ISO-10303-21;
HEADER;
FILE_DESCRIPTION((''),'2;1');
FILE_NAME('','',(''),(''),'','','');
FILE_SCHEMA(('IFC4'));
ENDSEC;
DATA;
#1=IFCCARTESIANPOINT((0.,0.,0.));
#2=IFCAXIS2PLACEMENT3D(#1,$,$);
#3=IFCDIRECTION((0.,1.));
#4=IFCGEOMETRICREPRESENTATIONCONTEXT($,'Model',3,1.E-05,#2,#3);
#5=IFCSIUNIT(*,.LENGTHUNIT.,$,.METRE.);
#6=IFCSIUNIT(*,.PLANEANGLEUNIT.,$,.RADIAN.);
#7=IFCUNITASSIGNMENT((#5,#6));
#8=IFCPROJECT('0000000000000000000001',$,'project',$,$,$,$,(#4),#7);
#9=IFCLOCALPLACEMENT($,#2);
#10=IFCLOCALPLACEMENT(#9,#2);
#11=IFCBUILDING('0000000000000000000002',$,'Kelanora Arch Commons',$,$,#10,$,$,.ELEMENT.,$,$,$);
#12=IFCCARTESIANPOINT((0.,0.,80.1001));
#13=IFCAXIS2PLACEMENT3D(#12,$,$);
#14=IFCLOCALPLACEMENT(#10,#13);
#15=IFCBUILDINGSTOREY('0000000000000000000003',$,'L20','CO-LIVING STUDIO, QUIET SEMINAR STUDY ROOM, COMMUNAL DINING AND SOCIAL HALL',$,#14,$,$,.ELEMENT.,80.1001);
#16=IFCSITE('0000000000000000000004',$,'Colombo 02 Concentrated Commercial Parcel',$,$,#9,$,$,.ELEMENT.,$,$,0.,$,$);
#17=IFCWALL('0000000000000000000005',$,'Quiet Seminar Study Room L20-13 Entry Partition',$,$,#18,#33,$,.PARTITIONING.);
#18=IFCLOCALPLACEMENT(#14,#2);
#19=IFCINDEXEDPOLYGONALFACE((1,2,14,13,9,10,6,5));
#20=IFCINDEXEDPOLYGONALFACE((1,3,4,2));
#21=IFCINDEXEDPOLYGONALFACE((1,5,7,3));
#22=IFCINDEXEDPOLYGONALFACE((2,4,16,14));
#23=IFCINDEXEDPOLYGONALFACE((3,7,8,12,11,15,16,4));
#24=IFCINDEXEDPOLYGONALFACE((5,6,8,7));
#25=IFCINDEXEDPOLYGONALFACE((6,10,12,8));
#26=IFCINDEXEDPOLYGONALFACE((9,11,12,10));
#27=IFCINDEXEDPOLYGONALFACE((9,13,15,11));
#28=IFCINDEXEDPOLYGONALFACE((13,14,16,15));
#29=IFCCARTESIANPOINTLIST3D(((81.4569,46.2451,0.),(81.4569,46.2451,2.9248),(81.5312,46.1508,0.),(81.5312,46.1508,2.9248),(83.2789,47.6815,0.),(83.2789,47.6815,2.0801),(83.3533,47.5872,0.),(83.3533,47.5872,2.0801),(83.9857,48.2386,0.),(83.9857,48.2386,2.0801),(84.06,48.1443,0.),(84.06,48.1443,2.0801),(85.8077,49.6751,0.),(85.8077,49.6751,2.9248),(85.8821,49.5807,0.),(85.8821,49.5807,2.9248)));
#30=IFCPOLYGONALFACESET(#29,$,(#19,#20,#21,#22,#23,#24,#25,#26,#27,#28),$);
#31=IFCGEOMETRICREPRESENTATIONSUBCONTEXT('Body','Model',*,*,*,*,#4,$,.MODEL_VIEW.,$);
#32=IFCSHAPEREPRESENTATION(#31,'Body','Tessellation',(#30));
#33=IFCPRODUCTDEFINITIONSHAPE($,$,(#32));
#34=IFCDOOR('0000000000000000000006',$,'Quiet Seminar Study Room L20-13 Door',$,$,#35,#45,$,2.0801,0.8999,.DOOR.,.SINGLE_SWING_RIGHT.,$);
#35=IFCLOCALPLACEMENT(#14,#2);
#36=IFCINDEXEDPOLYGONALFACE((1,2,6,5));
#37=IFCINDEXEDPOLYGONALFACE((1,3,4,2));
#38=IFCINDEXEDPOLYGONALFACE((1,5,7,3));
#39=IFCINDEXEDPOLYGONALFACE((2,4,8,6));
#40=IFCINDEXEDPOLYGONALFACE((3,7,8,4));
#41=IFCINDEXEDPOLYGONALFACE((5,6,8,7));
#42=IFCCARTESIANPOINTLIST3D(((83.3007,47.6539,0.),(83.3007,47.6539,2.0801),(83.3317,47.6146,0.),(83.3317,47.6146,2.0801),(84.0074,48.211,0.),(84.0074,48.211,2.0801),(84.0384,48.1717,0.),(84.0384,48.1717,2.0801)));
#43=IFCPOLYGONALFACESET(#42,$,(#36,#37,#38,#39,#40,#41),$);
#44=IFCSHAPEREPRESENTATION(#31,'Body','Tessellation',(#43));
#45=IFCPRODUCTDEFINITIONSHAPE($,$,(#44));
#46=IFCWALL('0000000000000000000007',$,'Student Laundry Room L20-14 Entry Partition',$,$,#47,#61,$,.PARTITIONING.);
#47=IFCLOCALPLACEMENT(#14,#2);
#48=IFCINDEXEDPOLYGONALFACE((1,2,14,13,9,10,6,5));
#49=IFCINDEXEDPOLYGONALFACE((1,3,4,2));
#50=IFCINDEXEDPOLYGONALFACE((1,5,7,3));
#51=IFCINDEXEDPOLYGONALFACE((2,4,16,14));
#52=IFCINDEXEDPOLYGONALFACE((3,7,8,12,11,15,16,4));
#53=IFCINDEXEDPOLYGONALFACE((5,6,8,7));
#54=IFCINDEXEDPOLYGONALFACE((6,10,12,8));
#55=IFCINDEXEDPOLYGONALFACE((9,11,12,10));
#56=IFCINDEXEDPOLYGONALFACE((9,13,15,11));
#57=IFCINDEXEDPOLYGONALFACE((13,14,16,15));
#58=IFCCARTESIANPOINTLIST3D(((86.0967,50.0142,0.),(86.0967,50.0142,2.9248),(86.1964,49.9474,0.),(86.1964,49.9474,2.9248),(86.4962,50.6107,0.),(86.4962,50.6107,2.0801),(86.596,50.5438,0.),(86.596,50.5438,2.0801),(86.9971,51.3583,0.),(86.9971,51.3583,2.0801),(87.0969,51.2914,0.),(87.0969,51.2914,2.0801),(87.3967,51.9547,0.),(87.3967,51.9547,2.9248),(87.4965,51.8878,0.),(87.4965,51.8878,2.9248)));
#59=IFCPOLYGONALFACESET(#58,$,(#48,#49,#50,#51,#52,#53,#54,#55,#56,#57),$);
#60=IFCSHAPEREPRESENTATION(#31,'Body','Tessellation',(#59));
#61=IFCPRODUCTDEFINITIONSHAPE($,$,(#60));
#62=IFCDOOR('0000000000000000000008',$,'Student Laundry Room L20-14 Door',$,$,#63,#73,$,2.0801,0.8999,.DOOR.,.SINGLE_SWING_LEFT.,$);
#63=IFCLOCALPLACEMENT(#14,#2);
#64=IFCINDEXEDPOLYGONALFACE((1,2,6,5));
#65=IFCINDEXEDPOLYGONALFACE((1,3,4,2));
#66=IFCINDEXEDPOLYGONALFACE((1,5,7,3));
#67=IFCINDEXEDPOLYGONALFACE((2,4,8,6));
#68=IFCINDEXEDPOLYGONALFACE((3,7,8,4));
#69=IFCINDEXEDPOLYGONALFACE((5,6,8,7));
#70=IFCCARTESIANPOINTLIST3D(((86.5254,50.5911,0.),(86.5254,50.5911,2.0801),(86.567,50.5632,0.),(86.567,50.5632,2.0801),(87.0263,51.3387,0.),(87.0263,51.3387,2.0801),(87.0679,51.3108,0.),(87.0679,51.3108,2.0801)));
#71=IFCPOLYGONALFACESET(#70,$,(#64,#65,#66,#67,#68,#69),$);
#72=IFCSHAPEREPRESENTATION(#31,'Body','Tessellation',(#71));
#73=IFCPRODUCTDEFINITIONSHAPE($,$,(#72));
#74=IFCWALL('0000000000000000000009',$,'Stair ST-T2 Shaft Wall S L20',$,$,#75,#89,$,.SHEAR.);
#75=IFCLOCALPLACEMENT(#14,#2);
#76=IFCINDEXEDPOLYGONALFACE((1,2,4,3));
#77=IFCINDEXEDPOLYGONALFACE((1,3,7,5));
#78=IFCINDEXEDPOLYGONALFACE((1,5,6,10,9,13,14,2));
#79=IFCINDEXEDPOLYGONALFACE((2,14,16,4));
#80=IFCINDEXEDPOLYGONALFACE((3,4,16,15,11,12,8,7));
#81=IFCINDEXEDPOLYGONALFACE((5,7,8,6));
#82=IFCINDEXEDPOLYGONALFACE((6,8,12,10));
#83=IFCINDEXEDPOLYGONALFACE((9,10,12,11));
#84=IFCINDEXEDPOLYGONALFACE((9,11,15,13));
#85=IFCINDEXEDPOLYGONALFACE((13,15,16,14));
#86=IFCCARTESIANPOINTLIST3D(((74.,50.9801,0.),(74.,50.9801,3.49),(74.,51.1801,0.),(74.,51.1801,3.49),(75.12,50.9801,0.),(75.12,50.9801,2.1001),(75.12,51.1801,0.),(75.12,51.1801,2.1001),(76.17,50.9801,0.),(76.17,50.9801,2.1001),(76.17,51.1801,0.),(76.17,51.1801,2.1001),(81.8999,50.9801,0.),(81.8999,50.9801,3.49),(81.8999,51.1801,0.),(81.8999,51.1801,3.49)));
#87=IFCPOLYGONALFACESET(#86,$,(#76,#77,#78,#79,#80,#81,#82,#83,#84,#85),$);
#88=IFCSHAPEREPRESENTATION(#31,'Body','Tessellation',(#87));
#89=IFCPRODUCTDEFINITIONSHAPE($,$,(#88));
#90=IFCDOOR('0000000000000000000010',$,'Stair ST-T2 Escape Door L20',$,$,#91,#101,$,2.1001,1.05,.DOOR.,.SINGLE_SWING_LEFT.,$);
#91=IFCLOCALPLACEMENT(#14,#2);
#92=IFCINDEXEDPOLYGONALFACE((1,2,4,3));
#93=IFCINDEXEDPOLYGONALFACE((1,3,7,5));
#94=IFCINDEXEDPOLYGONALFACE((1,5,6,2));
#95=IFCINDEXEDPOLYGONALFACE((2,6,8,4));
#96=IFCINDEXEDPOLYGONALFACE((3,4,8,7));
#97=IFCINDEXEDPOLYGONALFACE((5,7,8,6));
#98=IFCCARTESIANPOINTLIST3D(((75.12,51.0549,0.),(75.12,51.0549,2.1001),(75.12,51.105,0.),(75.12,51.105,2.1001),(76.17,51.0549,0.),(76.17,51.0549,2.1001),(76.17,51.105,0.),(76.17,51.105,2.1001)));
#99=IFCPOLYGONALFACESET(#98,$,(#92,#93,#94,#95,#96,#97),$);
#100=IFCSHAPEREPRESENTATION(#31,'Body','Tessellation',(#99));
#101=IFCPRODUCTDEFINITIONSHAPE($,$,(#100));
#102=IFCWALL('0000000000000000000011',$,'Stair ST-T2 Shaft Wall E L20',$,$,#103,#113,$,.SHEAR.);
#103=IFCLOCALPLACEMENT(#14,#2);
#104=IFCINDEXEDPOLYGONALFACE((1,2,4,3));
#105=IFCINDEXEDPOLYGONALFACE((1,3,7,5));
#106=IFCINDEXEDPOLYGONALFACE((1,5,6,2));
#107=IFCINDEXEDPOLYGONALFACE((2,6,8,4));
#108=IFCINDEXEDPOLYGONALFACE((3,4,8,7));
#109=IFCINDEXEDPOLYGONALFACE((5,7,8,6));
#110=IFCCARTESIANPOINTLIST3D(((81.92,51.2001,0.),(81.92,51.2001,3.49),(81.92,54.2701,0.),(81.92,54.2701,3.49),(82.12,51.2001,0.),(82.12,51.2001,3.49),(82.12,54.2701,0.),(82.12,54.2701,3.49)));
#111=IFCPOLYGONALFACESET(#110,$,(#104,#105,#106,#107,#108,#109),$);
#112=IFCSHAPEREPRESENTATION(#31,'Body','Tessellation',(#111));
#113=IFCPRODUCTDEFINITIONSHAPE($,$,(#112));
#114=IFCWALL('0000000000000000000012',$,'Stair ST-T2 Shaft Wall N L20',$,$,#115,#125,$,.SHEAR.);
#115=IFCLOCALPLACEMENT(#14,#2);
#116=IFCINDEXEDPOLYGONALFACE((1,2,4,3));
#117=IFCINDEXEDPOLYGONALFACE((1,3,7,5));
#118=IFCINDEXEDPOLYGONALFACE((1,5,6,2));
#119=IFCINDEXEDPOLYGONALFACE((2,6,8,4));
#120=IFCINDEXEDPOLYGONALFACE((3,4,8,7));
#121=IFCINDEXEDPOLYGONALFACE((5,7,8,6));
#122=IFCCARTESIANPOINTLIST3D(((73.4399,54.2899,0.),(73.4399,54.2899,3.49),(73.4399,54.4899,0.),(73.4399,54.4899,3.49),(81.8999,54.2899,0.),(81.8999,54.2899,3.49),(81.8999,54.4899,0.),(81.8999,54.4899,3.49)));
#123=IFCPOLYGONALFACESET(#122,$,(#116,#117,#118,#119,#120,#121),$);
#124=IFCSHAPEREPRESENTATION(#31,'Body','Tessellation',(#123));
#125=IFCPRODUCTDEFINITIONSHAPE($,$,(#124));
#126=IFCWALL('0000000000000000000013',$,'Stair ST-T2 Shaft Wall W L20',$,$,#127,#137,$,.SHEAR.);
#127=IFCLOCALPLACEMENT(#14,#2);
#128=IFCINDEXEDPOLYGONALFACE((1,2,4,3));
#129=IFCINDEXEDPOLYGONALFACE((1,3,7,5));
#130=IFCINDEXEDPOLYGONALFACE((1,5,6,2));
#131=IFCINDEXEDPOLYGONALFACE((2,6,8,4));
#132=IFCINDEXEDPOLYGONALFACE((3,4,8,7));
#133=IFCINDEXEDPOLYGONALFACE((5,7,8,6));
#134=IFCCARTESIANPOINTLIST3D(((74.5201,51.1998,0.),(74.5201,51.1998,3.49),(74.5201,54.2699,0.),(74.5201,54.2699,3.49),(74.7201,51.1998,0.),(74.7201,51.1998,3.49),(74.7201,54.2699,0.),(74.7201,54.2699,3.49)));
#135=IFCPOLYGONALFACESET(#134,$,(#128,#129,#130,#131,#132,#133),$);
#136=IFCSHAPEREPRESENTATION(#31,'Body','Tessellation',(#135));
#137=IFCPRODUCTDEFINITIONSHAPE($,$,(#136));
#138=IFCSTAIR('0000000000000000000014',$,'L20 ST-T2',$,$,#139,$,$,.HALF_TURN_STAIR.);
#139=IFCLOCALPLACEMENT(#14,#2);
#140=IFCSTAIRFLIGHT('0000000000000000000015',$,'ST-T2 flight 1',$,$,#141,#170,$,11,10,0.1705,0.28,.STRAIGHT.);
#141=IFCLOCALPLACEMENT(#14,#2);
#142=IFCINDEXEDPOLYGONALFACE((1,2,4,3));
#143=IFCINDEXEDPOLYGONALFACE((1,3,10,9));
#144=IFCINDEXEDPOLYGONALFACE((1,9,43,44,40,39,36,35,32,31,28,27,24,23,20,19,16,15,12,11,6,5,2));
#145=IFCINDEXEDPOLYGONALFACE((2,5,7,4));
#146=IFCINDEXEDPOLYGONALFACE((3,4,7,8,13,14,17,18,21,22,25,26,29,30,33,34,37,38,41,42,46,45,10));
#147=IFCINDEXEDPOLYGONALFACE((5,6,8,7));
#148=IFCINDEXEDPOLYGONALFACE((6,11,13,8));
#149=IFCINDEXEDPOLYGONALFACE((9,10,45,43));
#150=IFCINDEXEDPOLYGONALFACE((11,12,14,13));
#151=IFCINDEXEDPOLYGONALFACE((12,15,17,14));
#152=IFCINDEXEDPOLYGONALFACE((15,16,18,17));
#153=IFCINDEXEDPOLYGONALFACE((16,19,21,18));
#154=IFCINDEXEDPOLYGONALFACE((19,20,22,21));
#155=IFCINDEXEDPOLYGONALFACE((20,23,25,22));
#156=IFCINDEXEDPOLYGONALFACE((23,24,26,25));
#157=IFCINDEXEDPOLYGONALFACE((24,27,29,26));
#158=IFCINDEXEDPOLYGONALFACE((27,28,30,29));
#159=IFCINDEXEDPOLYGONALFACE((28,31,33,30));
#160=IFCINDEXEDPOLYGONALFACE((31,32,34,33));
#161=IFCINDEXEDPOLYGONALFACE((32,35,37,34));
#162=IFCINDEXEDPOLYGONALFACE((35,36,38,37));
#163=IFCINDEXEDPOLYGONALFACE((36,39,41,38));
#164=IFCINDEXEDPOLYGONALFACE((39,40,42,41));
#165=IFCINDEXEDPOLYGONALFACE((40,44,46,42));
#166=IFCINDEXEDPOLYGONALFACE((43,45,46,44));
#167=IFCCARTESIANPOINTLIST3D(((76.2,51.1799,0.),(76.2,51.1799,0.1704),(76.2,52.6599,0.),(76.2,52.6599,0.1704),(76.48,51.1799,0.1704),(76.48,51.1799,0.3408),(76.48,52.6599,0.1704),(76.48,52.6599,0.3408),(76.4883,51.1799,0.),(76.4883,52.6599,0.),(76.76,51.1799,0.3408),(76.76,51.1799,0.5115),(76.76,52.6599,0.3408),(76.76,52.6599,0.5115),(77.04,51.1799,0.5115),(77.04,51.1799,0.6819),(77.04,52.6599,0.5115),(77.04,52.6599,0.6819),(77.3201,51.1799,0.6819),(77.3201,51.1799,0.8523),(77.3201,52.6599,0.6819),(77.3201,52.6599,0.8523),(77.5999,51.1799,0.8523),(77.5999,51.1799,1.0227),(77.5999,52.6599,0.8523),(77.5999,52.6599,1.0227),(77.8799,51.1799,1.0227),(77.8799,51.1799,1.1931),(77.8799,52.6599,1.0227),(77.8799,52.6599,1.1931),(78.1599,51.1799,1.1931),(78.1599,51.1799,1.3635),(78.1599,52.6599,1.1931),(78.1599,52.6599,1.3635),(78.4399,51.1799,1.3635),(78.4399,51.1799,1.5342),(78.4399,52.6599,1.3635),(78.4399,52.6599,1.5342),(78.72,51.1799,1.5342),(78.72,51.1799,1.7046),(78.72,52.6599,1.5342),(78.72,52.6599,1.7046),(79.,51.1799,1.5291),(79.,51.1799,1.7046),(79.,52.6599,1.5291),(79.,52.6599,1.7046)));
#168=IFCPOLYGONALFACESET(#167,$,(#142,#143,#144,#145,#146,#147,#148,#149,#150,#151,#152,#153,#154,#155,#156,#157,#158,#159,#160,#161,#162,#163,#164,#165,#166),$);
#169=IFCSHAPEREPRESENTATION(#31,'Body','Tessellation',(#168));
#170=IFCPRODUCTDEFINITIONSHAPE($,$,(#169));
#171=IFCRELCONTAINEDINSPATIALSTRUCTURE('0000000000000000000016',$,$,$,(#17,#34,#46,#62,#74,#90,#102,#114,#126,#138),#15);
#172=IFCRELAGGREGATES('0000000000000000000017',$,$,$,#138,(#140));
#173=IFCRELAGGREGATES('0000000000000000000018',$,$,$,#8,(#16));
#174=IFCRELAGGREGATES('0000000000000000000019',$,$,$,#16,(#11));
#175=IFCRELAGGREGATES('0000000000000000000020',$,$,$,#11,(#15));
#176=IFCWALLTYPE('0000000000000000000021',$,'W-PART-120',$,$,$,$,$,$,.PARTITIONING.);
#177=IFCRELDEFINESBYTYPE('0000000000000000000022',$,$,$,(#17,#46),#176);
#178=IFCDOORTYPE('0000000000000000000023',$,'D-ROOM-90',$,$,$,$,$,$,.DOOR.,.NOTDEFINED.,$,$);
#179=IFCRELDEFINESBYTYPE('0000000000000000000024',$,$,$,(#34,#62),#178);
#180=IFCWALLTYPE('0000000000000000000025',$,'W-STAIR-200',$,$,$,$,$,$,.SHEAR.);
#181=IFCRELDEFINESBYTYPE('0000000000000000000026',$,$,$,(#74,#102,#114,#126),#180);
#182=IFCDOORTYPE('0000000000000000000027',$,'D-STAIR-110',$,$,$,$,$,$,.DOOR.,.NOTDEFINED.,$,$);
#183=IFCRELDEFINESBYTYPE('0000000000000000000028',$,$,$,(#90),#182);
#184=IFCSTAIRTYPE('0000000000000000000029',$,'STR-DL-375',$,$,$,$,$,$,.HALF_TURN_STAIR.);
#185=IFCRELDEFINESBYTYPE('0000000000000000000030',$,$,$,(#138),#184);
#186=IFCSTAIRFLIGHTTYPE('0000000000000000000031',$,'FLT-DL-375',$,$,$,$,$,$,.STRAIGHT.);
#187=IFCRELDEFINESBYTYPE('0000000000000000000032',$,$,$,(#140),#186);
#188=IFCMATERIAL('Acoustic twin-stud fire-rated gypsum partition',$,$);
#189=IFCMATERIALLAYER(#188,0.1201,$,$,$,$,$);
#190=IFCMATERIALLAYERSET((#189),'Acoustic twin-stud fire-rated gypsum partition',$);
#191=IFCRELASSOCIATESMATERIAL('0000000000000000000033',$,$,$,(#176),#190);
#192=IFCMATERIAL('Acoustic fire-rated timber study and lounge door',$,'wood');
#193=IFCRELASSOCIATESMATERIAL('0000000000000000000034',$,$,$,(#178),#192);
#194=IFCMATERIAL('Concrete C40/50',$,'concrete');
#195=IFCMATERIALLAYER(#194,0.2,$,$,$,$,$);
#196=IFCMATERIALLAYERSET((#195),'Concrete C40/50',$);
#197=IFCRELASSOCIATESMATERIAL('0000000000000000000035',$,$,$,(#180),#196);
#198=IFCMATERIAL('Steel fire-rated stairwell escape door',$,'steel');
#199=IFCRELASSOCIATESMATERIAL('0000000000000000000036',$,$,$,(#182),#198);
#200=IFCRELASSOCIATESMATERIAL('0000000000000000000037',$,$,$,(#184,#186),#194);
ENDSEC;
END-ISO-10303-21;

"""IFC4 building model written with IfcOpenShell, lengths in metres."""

from ifc_helpers import new_model, si_unit, direction, frame, frame_2d, origin, place, context, subcontext, project, spatial, polyline, rectangle, outline, extrude, material, layer, layer_set, type_object, element, fill, aggregate, save


model = new_model("IFC4")

# Units and contexts
model_context = context("Model", 3, precision=1e-05, world=origin(), true_north=direction((0.0, 1.0)))
body_context = subcontext(model_context, "Body", "Model", "MODEL_VIEW")
ifc_project = project(units=[si_unit("LENGTHUNIT", "METRE"), si_unit("PLANEANGLEUNIT", "RADIAN")], contexts=[model_context])

# Site, building, storey
site_placement = place(None, origin())
site = spatial("IfcSite", under=ifc_project, at=site_placement, Name="Colombo 02 Concentrated Commercial Parcel", CompositionType="ELEMENT", RefElevation=0.0)
building_placement = place(site_placement, origin())
building = spatial("IfcBuilding", under=site, at=building_placement, Name="Kelanora Arch Commons", CompositionType="ELEMENT")
storey_placement = place(building_placement, frame((0.0, 0.0, 80.1001)))
storey = spatial("IfcBuildingStorey", under=building, at=storey_placement, Name="L20", Description="CO-LIVING STUDIO, QUIET SEMINAR STUDY ROOM, COMMUNAL DINING AND SOCIAL HALL", CompositionType="ELEMENT", Elevation=80.1001)

# Walls, openings, doors
ifc_material_1 = material(Name="Acoustic twin-stud fire-rated gypsum partition")
ifc_layer_1 = layer(ifc_material_1, 0.1201)
ifc_layer_set_1 = layer_set([ifc_layer_1], Name="Acoustic twin-stud fire-rated gypsum partition")
wall_type_1 = type_object("IfcWallType", Name="W-PART-120", PredefinedType="PARTITIONING", material=ifc_layer_set_1)
wall_1_placement = place(storey_placement, frame((81.4941, 46.198, 0.0), z_axis=(0.0, 0.0, 1.0), x_axis=(0.785316, 0.619095, 0.0)))
wall_1 = element("IfcWall", 1, at=wall_1_placement, inside=storey, type_object=wall_type_1, Name="Quiet Seminar Study Room L20-13 Entry Partition", PredefinedType="PARTITIONING", context=body_context, shape_type="SweptSolid", body=[
    extrude(rectangle(XDim=5.5403, YDim=0.1201, at=frame_2d((2.77, 0.0))), origin(), (0.0, 0.0, 1.0), 2.9248),
])
opening_1_placement = place(wall_1_placement, frame((2.3201, 0.0, 0.0)))
opening_1 = element("IfcOpeningElement", 2, at=opening_1_placement, cuts=wall_1, PredefinedType="OPENING", context=body_context, shape_type="SweptSolid", body=[
    extrude(rectangle(XDim=0.8999, YDim=2.0801, at=frame_2d((0.45, 1.04))), frame((0.0, 0.0701, 0.0), z_axis=(0.0, -1.0, 0.0), x_axis=(1.0, 0.0, 0.0)), (0.0, 0.0, 1.0), 0.1401),
])
ifc_material_2 = material(Name="Acoustic fire-rated timber study and lounge door", Category="wood")
door_type_1 = type_object("IfcDoorType", Name="D-ROOM-90", OperationType="NOTDEFINED", PredefinedType="DOOR", material=ifc_material_2)
door_1_placement = place(opening_1_placement, origin())
door_1 = element("IfcDoor", 3, at=door_1_placement, inside=storey, type_object=door_type_1, Name="Quiet Seminar Study Room L20-13 Door", OperationType="SINGLE_SWING_RIGHT", OverallHeight=2.0801, OverallWidth=0.8999, PredefinedType="DOOR", context=body_context, shape_type="SweptSolid", body=[
    extrude(rectangle(XDim=0.8999, YDim=2.0801, at=frame_2d((0.45, 1.04))), frame((0.0, 0.0249, 0.0), z_axis=(0.0, -1.0, 0.0), x_axis=(1.0, 0.0, 0.0)), (0.0, 0.0, 1.0), 0.05),
])
fill(opening_1, door_1)
wall_2_placement = place(storey_placement, frame((86.1465, 49.9807, 0.0), z_axis=(0.0, 0.0, 1.0), x_axis=(0.556604, 0.830778, 0.0)))
wall_2 = element("IfcWall", 4, at=wall_2_placement, inside=storey, type_object=wall_type_1, Name="Student Laundry Room L20-14 Entry Partition", PredefinedType="PARTITIONING", context=body_context, shape_type="SweptSolid", body=[
    extrude(rectangle(XDim=2.3357, YDim=0.1201, at=frame_2d((1.168, 0.0))), origin(), (0.0, 0.0, 1.0), 2.9248),
])
opening_2_placement = place(wall_2_placement, frame((0.718, 0.0, 0.0)))
opening_2 = element("IfcOpeningElement", 5, at=opening_2_placement, cuts=wall_2, PredefinedType="OPENING", context=body_context, shape_type="SweptSolid", body=[
    extrude(rectangle(XDim=0.8999, YDim=2.0801, at=frame_2d((0.45, 1.04))), frame((0.0, 0.0701, 0.0), z_axis=(0.0, -1.0, 0.0), x_axis=(1.0, 0.0, 0.0)), (0.0, 0.0, 1.0), 0.1401),
])
door_2_placement = place(opening_2_placement, origin())
door_2 = element("IfcDoor", 6, at=door_2_placement, inside=storey, type_object=door_type_1, Name="Student Laundry Room L20-14 Door", OperationType="SINGLE_SWING_LEFT", OverallHeight=2.0801, OverallWidth=0.8999, PredefinedType="DOOR", context=body_context, shape_type="SweptSolid", body=[
    extrude(rectangle(XDim=0.8999, YDim=2.0801, at=frame_2d((0.45, 1.04))), frame((0.0, 0.0249, 0.0), z_axis=(0.0, -1.0, 0.0), x_axis=(1.0, 0.0, 0.0)), (0.0, 0.0, 1.0), 0.05),
])
fill(opening_2, door_2)
ifc_material_3 = material(Name="Concrete C40/50", Category="concrete")
ifc_layer_2 = layer(ifc_material_3, 0.2)
ifc_layer_set_2 = layer_set([ifc_layer_2], Name="Concrete C40/50")
wall_type_2 = type_object("IfcWallType", Name="W-STAIR-200", PredefinedType="SHEAR", material=ifc_layer_set_2)
wall_3_placement = place(storey_placement, frame((74.0, 51.0801, 0.0), z_axis=(0.0, 0.0, 1.0), x_axis=(1.0, 0.0, 0.0)))
wall_3 = element("IfcWall", 7, at=wall_3_placement, inside=storey, type_object=wall_type_2, Name="Stair ST-T2 Shaft Wall S L20", PredefinedType="SHEAR", context=body_context, shape_type="SweptSolid", body=[
    extrude(rectangle(XDim=7.8999, YDim=0.2, at=frame_2d((3.95, 0.0))), origin(), (0.0, 0.0, 1.0), 3.49),
])
opening_3_placement = place(wall_3_placement, frame((1.1201, 0.0, 0.0)))
opening_3 = element("IfcOpeningElement", 8, at=opening_3_placement, cuts=wall_3, PredefinedType="OPENING", context=body_context, shape_type="SweptSolid", body=[
    extrude(rectangle(XDim=1.05, YDim=2.1001, at=frame_2d((0.5249, 1.05))), frame((0.0, 0.1099, 0.0), z_axis=(0.0, -1.0, 0.0), x_axis=(1.0, 0.0, 0.0)), (0.0, 0.0, 1.0), 0.22),
])
ifc_material_4 = material(Name="Steel fire-rated stairwell escape door", Category="steel")
door_type_2 = type_object("IfcDoorType", Name="D-STAIR-110", OperationType="NOTDEFINED", PredefinedType="DOOR", material=ifc_material_4)
door_3_placement = place(opening_3_placement, origin())
door_3 = element("IfcDoor", 9, at=door_3_placement, inside=storey, type_object=door_type_2, Name="Stair ST-T2 Escape Door L20", OperationType="SINGLE_SWING_LEFT", OverallHeight=2.1001, OverallWidth=1.05, PredefinedType="DOOR", context=body_context, shape_type="SweptSolid", body=[
    extrude(rectangle(XDim=1.05, YDim=2.1001, at=frame_2d((0.5249, 1.05))), frame((0.0, 0.0249, 0.0), z_axis=(0.0, -1.0, 0.0), x_axis=(1.0, 0.0, 0.0)), (0.0, 0.0, 1.0), 0.05),
])
fill(opening_3, door_3)

# Walls
wall_4_placement = place(storey_placement, frame((82.02, 51.2, 0.0), z_axis=(0.0, 0.0, 1.0), x_axis=(0.0, 1.0, 0.0)))
element("IfcWall", 10, at=wall_4_placement, inside=storey, type_object=wall_type_2, Name="Stair ST-T2 Shaft Wall E L20", PredefinedType="SHEAR", context=body_context, shape_type="SweptSolid", body=[
    extrude(rectangle(XDim=3.0701, YDim=0.2, at=frame_2d((1.5352, 0.0))), origin(), (0.0, 0.0, 1.0), 3.49),
])
wall_5_placement = place(storey_placement, frame((81.8999, 54.3899, 0.0), z_axis=(0.0, 0.0, 1.0), x_axis=(-1.0, 0.0, 0.0)))
element("IfcWall", 11, at=wall_5_placement, inside=storey, type_object=wall_type_2, Name="Stair ST-T2 Shaft Wall N L20", PredefinedType="SHEAR", context=body_context, shape_type="SweptSolid", body=[
    extrude(rectangle(XDim=8.46, YDim=0.2, at=frame_2d((4.23, 0.0))), origin(), (0.0, 0.0, 1.0), 3.49),
])
wall_6_placement = place(storey_placement, frame((74.6201, 54.27, 0.0), z_axis=(0.0, 0.0, 1.0), x_axis=(0.0, -1.0, 0.0)))
element("IfcWall", 12, at=wall_6_placement, inside=storey, type_object=wall_type_2, Name="Stair ST-T2 Shaft Wall W L20", PredefinedType="SHEAR", context=body_context, shape_type="SweptSolid", body=[
    extrude(rectangle(XDim=3.0701, YDim=0.2, at=frame_2d((1.5352, 0.0))), origin(), (0.0, 0.0, 1.0), 3.49),
])

# Stair, stair flight
stair_type = type_object("IfcStairType", Name="STR-DL-375", PredefinedType="HALF_TURN_STAIR", material=ifc_material_3)
stair_placement = place(storey_placement, origin())
stair = element("IfcStair", 13, at=stair_placement, inside=storey, type_object=stair_type, Name="L20 ST-T2", PredefinedType="HALF_TURN_STAIR")
stair_flight_type = type_object("IfcStairFlightType", Name="FLT-DL-375", PredefinedType="STRAIGHT", material=ifc_material_3)
stair_flight_1_placement = place(storey_placement, frame((76.2, 51.9199, 0.0), z_axis=(0.0, 0.0, 1.0), x_axis=(1.0, 0.0, 0.0)))
stair_flight_1 = element("IfcStairFlight", 14, at=stair_flight_1_placement, type_object=stair_flight_type, Name="ST-T2 flight 1", NumberOfRisers=11, NumberOfTreads=10, PredefinedType="STRAIGHT", RiserHeight=0.1705, TreadLength=0.28, context=body_context, shape_type="SweptSolid", body=[
    extrude(outline(polyline([(0.0, 0.0), (0.0, 0.1704), (0.28, 0.1704), (0.28, 0.3408), (0.5601, 0.3408), (0.5601, 0.5115), (0.8401, 0.5115), (0.8401, 0.6819), (1.1201, 0.6819), (1.1201, 0.8523), (1.3999, 0.8523), (1.3999, 1.0227), (1.6799, 1.0227), (1.6799, 1.1931), (1.96, 1.1931), (1.96, 1.3635), (2.24, 1.3635), (2.24, 1.5342), (2.52, 1.5342), (2.52, 1.7046), (2.8, 1.7046), (2.8, 1.875), (2.8, 1.5291), (0.2883, 0.0), (0.0, 0.0)])), frame((0.0, 0.74, 0.0), z_axis=(0.0, -1.0, 0.0), x_axis=(1.0, 0.0, 0.0)), (0.0, 0.0, 1.0), 1.48),
])
aggregate(stair, [stair_flight_1])

save(model, "model.ifc")
